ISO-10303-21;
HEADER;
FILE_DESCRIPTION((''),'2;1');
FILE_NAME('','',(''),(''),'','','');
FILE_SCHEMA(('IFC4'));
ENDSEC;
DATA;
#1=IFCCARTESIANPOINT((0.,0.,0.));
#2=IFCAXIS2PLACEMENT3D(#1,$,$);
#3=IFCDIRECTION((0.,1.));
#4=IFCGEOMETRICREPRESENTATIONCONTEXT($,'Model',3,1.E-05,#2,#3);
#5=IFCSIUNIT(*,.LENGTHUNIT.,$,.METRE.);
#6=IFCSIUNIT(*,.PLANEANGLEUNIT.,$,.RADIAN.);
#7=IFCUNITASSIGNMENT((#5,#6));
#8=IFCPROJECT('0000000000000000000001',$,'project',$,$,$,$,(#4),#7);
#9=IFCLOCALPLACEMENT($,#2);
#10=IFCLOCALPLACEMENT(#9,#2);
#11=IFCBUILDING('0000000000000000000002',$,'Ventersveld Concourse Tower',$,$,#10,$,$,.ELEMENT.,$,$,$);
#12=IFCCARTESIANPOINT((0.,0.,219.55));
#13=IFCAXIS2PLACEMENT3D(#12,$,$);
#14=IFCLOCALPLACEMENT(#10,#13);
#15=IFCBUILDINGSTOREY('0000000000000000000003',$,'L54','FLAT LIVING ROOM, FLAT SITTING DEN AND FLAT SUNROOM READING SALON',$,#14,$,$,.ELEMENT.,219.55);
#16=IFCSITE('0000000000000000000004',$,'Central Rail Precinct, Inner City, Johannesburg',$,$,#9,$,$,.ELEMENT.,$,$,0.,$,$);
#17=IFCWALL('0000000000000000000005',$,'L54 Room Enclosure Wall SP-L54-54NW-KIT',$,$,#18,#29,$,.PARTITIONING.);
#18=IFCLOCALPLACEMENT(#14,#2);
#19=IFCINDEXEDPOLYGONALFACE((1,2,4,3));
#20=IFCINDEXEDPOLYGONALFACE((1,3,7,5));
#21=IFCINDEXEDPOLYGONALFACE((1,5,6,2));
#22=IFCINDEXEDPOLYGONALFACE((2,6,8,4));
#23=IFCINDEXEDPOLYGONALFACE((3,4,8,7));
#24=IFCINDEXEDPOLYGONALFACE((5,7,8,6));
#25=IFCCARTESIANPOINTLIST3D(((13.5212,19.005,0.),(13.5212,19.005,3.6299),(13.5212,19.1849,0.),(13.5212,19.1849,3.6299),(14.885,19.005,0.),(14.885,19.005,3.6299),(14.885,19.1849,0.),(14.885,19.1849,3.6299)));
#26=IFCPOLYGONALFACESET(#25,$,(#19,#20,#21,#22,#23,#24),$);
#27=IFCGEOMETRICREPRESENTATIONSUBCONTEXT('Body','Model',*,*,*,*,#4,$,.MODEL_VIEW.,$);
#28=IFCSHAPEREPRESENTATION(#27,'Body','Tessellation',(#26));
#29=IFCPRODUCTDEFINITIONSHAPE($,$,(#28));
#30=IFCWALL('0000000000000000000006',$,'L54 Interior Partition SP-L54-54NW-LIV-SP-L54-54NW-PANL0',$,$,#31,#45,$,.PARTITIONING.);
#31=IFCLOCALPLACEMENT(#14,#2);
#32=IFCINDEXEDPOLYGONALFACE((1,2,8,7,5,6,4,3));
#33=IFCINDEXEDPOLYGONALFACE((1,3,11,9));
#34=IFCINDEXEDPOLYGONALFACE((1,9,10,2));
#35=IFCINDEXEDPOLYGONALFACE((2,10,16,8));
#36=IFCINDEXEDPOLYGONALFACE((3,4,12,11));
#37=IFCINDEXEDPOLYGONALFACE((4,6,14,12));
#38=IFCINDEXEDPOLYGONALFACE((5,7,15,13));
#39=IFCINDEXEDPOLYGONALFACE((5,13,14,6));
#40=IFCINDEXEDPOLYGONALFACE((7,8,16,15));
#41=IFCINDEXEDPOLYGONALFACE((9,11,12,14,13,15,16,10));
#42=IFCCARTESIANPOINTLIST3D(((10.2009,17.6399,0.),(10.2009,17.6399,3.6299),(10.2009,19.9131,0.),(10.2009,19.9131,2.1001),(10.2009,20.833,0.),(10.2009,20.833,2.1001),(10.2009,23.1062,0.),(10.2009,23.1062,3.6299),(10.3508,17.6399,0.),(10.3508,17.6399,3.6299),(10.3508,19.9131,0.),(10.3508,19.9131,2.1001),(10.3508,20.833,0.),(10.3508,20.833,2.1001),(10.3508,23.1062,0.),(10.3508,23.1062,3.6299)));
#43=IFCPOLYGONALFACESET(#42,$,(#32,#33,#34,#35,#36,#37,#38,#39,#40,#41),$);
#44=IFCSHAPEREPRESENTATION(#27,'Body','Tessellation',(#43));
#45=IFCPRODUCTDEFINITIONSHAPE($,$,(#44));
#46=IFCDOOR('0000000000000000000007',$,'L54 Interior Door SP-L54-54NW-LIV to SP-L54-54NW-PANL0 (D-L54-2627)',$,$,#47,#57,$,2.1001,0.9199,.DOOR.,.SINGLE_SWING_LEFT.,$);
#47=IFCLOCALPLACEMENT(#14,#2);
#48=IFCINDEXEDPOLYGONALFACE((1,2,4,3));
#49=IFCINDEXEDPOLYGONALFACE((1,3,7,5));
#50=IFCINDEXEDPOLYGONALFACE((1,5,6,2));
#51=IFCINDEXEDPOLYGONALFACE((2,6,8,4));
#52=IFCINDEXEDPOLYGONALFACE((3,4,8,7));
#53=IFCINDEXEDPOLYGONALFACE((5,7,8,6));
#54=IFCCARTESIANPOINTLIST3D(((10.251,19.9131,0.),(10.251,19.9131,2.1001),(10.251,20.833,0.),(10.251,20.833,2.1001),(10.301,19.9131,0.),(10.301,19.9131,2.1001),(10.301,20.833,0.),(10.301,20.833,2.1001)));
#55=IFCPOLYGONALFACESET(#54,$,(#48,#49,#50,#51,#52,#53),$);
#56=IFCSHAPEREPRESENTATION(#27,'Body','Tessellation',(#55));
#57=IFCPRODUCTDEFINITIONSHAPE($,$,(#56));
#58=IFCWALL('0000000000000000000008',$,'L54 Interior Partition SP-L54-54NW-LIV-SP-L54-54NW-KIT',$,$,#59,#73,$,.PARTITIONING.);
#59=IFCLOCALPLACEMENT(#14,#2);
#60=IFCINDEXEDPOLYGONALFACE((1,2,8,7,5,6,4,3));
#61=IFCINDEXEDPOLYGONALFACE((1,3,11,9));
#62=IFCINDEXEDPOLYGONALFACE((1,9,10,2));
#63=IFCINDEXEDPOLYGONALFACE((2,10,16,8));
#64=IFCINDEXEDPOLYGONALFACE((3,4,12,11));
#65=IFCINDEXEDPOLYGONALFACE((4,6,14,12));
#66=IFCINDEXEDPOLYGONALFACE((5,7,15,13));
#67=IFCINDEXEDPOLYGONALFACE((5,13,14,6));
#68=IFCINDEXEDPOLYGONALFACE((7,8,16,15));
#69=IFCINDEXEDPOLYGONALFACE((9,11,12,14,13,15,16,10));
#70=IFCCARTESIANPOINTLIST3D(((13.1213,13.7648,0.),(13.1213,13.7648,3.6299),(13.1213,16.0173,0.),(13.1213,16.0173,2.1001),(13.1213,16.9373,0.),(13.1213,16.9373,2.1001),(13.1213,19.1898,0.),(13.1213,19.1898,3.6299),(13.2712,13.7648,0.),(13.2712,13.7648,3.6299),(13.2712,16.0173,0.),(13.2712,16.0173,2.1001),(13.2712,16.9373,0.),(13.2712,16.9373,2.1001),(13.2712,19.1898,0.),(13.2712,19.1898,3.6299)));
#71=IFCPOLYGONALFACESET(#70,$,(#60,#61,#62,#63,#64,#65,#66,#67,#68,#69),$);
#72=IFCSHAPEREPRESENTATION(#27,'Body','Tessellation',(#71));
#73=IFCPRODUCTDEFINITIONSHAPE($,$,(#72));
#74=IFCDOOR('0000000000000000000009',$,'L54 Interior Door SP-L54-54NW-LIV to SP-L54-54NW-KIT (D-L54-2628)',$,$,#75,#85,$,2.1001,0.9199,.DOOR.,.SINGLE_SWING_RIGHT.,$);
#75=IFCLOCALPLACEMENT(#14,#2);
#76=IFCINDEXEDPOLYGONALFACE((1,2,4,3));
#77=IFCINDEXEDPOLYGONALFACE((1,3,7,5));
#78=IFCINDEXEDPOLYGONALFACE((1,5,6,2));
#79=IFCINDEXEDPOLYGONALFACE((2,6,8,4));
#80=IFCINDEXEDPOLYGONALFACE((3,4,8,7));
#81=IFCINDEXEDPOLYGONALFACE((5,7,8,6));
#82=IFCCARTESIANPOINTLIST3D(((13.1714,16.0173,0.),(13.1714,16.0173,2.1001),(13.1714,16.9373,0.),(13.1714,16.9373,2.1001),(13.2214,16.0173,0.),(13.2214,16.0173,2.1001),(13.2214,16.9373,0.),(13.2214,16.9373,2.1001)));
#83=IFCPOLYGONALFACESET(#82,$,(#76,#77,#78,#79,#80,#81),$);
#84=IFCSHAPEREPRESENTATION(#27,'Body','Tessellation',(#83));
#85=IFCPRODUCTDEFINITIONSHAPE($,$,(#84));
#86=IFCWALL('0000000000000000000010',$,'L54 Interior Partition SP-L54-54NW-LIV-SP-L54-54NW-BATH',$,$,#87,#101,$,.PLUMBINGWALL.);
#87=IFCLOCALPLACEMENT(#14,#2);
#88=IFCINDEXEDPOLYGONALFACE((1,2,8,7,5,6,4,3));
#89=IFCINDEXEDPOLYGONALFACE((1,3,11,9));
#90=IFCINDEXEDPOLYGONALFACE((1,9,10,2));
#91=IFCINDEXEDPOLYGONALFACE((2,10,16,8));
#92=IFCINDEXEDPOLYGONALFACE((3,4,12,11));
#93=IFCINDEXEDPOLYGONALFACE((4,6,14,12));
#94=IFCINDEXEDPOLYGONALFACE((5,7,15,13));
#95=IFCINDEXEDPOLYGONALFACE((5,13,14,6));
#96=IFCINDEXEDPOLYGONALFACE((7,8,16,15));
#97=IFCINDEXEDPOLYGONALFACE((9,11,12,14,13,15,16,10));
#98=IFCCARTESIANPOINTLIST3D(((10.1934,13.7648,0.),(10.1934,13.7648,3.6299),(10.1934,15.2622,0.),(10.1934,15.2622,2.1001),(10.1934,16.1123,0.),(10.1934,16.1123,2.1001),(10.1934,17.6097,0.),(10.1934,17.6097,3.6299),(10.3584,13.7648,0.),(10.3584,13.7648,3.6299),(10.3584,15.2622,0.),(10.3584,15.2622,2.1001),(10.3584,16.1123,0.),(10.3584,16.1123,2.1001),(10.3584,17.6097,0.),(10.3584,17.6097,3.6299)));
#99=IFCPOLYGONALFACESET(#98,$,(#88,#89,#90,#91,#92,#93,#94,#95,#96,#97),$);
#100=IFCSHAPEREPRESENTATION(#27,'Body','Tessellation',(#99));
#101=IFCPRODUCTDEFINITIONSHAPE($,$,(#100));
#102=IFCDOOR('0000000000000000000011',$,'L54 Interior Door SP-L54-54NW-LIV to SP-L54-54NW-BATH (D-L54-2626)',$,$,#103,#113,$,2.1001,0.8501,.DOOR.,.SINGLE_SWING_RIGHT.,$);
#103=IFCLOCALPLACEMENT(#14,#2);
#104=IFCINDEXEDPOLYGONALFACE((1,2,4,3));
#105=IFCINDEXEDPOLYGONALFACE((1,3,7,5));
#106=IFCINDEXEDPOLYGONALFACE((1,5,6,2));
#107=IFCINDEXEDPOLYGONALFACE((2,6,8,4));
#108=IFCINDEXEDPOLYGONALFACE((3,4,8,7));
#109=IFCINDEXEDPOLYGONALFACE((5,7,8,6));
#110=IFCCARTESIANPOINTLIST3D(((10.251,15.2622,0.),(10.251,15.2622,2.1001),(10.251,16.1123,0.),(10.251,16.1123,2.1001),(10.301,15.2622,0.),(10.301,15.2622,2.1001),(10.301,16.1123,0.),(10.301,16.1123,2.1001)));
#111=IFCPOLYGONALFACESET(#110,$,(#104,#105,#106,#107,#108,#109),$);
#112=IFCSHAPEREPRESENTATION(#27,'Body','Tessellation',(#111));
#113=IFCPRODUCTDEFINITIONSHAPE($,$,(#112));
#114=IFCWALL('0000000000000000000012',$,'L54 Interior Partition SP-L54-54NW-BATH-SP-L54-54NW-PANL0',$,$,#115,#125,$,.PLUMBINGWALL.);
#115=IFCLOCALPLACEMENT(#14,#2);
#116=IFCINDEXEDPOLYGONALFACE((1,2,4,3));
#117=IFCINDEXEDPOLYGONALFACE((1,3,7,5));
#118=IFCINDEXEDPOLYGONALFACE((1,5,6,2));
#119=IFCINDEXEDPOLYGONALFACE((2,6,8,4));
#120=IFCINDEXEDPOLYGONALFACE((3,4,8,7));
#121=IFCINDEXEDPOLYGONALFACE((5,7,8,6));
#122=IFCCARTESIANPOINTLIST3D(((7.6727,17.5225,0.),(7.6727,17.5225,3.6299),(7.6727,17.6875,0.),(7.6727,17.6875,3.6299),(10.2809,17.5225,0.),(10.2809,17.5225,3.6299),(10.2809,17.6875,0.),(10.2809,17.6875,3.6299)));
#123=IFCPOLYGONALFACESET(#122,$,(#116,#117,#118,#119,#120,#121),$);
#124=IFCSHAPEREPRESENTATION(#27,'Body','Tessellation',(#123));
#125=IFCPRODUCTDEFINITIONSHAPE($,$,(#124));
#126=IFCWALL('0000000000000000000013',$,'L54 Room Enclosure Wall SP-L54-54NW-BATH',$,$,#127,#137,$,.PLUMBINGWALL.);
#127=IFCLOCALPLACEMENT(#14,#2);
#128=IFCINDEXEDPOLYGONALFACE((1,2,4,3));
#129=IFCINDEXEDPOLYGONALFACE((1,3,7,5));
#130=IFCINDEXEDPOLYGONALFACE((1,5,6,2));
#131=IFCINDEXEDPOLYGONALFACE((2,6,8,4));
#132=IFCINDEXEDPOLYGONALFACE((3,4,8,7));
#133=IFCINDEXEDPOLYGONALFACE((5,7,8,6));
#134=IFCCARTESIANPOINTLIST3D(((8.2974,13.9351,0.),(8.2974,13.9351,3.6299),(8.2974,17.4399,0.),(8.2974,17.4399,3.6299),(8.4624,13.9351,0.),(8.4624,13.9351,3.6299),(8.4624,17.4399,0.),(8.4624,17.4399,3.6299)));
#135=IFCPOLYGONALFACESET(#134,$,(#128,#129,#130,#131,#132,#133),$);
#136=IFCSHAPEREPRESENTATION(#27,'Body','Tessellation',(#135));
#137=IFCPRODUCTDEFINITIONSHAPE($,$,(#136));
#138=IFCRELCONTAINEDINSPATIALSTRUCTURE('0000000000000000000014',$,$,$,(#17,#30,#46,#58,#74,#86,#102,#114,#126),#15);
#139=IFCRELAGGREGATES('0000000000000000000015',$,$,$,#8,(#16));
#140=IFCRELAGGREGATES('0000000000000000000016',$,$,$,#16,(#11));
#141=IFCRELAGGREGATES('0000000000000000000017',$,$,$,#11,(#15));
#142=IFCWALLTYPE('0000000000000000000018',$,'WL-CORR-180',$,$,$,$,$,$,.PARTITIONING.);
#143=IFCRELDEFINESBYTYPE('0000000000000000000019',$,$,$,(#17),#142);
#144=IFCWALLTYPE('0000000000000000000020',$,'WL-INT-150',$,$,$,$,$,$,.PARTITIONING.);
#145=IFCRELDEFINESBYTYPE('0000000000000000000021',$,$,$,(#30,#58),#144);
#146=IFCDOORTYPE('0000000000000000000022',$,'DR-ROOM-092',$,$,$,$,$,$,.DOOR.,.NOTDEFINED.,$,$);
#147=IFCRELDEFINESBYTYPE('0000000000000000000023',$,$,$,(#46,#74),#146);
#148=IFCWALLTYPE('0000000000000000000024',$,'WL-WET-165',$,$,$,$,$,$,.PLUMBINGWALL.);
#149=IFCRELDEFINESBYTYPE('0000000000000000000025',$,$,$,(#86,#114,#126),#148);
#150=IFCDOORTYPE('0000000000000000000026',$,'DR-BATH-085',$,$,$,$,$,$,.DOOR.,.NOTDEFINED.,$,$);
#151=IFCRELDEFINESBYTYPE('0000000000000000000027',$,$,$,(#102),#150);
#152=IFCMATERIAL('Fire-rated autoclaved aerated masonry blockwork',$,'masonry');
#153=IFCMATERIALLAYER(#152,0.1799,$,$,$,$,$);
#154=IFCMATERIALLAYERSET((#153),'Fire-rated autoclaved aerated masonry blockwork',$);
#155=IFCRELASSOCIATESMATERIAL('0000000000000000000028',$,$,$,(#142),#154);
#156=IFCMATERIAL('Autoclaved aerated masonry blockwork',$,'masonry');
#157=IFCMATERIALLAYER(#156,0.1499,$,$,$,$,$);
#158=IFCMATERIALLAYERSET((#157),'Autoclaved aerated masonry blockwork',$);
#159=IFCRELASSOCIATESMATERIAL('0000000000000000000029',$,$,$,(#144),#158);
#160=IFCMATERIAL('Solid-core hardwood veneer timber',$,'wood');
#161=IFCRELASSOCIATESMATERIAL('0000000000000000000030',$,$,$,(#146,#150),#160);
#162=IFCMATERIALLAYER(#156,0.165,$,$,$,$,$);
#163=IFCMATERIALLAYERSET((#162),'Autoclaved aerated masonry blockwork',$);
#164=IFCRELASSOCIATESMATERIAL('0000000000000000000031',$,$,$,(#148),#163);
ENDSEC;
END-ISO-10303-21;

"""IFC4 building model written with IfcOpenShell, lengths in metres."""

from ifc_helpers import new_model, si_unit, direction, frame, frame_2d, origin, place, context, subcontext, project, spatial, rectangle, extrude, material, layer, layer_set, type_object, element, fill, save


model = new_model("IFC4")

# Units and contexts
model_context = context("Model", 3, precision=1e-05, world=origin(), true_north=direction((0.0, 1.0)))
body_context = subcontext(model_context, "Body", "Model", "MODEL_VIEW")
ifc_project = project(units=[si_unit("LENGTHUNIT", "METRE"), si_unit("PLANEANGLEUNIT", "RADIAN")], contexts=[model_context])

# Site, building, storey
site_placement = place(None, origin())
site = spatial("IfcSite", under=ifc_project, at=site_placement, Name="Central Rail Precinct, Inner City, Johannesburg", CompositionType="ELEMENT", RefElevation=0.0)
building_placement = place(site_placement, origin())
building = spatial("IfcBuilding", under=site, at=building_placement, Name="Ventersveld Concourse Tower", CompositionType="ELEMENT")
storey_placement = place(building_placement, frame((0.0, 0.0, 219.55)))
storey = spatial("IfcBuildingStorey", under=building, at=storey_placement, Name="L54", Description="FLAT LIVING ROOM, FLAT SITTING DEN AND FLAT SUNROOM READING SALON", CompositionType="ELEMENT", Elevation=219.55)

# Shared definitions
ifc_material_1 = material(Name="Fire-rated autoclaved aerated masonry blockwork", Category="masonry")
ifc_layer_1 = layer(ifc_material_1, 0.1799)
ifc_layer_set_1 = layer_set([ifc_layer_1], Name="Fire-rated autoclaved aerated masonry blockwork")
wall_type_1 = type_object("IfcWallType", Name="WL-CORR-180", PredefinedType="PARTITIONING", material=ifc_layer_set_1)
ifc_material_2 = material(Name="Solid-core hardwood veneer timber", Category="wood")

# Wall
wall_1_placement = place(storey_placement, frame((13.5212, 19.095, 0.0), z_axis=(0.0, 0.0, 1.0), x_axis=(1.0, 0.0, 0.0)))
element("IfcWall", 1, at=wall_1_placement, inside=storey, type_object=wall_type_1, Name="L54 Room Enclosure Wall SP-L54-54NW-KIT", PredefinedType="PARTITIONING", context=body_context, shape_type="SweptSolid", body=[
    extrude(rectangle(XDim=1.3638, YDim=0.1799, at=frame_2d((0.6819, 0.0))), origin(), (0.0, 0.0, 1.0), 3.6299),
])

# Walls, openings, doors
ifc_material_3 = material(Name="Autoclaved aerated masonry blockwork", Category="masonry")
ifc_layer_2 = layer(ifc_material_3, 0.1499)
ifc_layer_set_2 = layer_set([ifc_layer_2], Name="Autoclaved aerated masonry blockwork")
wall_type_2 = type_object("IfcWallType", Name="WL-INT-150", PredefinedType="PARTITIONING", material=ifc_layer_set_2)
wall_2_placement = place(storey_placement, frame((10.2759, 17.6399, 0.0), z_axis=(0.0, 0.0, 1.0), x_axis=(0.0, 1.0, 0.0)))
wall_2 = element("IfcWall", 2, at=wall_2_placement, inside=storey, type_object=wall_type_2, Name="L54 Interior Partition SP-L54-54NW-LIV-SP-L54-54NW-PANL0", PredefinedType="PARTITIONING", context=body_context, shape_type="SweptSolid", body=[
    extrude(rectangle(XDim=5.4663, YDim=0.1499, at=frame_2d((2.7332, 0.0))), origin(), (0.0, 0.0, 1.0), 3.6299),
])
opening_1_placement = place(wall_2_placement, frame((2.2732, 0.0, 0.0)))
opening_1 = element("IfcOpeningElement", 3, at=opening_1_placement, cuts=wall_2, PredefinedType="OPENING", context=body_context, shape_type="SweptSolid", body=[
    extrude(rectangle(XDim=0.9199, YDim=2.1001, at=frame_2d((0.46, 1.05))), frame((0.0, 0.085, 0.0), z_axis=(0.0, -1.0, 0.0), x_axis=(1.0, 0.0, 0.0)), (0.0, 0.0, 1.0), 0.1699),
])
door_type_1 = type_object("IfcDoorType", Name="DR-ROOM-092", OperationType="NOTDEFINED", PredefinedType="DOOR", material=ifc_material_2)
door_1_placement = place(opening_1_placement, origin())
door_1 = element("IfcDoor", 4, at=door_1_placement, inside=storey, type_object=door_type_1, Name="L54 Interior Door SP-L54-54NW-LIV to SP-L54-54NW-PANL0 (D-L54-2627)", OperationType="SINGLE_SWING_LEFT", OverallHeight=2.1001, OverallWidth=0.9199, PredefinedType="DOOR", context=body_context, shape_type="SweptSolid", body=[
    extrude(rectangle(XDim=0.9199, YDim=2.1001, at=frame_2d((0.46, 1.05))), frame((0.0, 0.0249, 0.0), z_axis=(0.0, -1.0, 0.0), x_axis=(1.0, 0.0, 0.0)), (0.0, 0.0, 1.0), 0.05),
])
fill(opening_1, door_1)
wall_3_placement = place(storey_placement, frame((13.1963, 13.7649, 0.0), z_axis=(0.0, 0.0, 1.0), x_axis=(0.0, 1.0, 0.0)))
wall_3 = element("IfcWall", 5, at=wall_3_placement, inside=storey, type_object=wall_type_2, Name="L54 Interior Partition SP-L54-54NW-LIV-SP-L54-54NW-KIT", PredefinedType="PARTITIONING", context=body_context, shape_type="SweptSolid", body=[
    extrude(rectangle(XDim=5.425, YDim=0.1499, at=frame_2d((2.7124, 0.0))), origin(), (0.0, 0.0, 1.0), 3.6299),
])
opening_2_placement = place(wall_3_placement, frame((2.2524, 0.0, 0.0)))
opening_2 = element("IfcOpeningElement", 6, at=opening_2_placement, cuts=wall_3, PredefinedType="OPENING", context=body_context, shape_type="SweptSolid", body=[
    extrude(rectangle(XDim=0.9199, YDim=2.1001, at=frame_2d((0.46, 1.05))), frame((0.0, 0.085, 0.0), z_axis=(0.0, -1.0, 0.0), x_axis=(1.0, 0.0, 0.0)), (0.0, 0.0, 1.0), 0.1699),
])
door_2_placement = place(opening_2_placement, origin())
door_2 = element("IfcDoor", 7, at=door_2_placement, inside=storey, type_object=door_type_1, Name="L54 Interior Door SP-L54-54NW-LIV to SP-L54-54NW-KIT (D-L54-2628)", OperationType="SINGLE_SWING_RIGHT", OverallHeight=2.1001, OverallWidth=0.9199, PredefinedType="DOOR", context=body_context, shape_type="SweptSolid", body=[
    extrude(rectangle(XDim=0.9199, YDim=2.1001, at=frame_2d((0.46, 1.05))), frame((0.0, 0.0249, 0.0), z_axis=(0.0, -1.0, 0.0), x_axis=(1.0, 0.0, 0.0)), (0.0, 0.0, 1.0), 0.05),
])
fill(opening_2, door_2)
ifc_layer_3 = layer(ifc_material_3, 0.165)
ifc_layer_set_3 = layer_set([ifc_layer_3], Name="Autoclaved aerated masonry blockwork")
wall_type_3 = type_object("IfcWallType", Name="WL-WET-165", PredefinedType="PLUMBINGWALL", material=ifc_layer_set_3)
wall_4_placement = place(storey_placement, frame((10.2759, 13.7649, 0.0), z_axis=(0.0, 0.0, 1.0), x_axis=(0.0, 1.0, 0.0)))
wall_4 = element("IfcWall", 8, at=wall_4_placement, inside=storey, type_object=wall_type_3, Name="L54 Interior Partition SP-L54-54NW-LIV-SP-L54-54NW-BATH", PredefinedType="PLUMBINGWALL", context=body_context, shape_type="SweptSolid", body=[
    extrude(rectangle(XDim=3.845, YDim=0.165, at=frame_2d((1.9224, 0.0))), origin(), (0.0, 0.0, 1.0), 3.6299),
])
opening_3_placement = place(wall_4_placement, frame((1.4973, 0.0, 0.0)))
opening_3 = element("IfcOpeningElement", 9, at=opening_3_placement, cuts=wall_4, PredefinedType="OPENING", context=body_context, shape_type="SweptSolid", body=[
    extrude(rectangle(XDim=0.8501, YDim=2.1001, at=frame_2d((0.425, 1.05))), frame((0.0, 0.0925, 0.0), z_axis=(0.0, -1.0, 0.0), x_axis=(1.0, 0.0, 0.0)), (0.0, 0.0, 1.0), 0.1851),
])
door_type_2 = type_object("IfcDoorType", Name="DR-BATH-085", OperationType="NOTDEFINED", PredefinedType="DOOR", material=ifc_material_2)
door_3_placement = place(opening_3_placement, origin())
door_3 = element("IfcDoor", 10, at=door_3_placement, inside=storey, type_object=door_type_2, Name="L54 Interior Door SP-L54-54NW-LIV to SP-L54-54NW-BATH (D-L54-2626)", OperationType="SINGLE_SWING_RIGHT", OverallHeight=2.1001, OverallWidth=0.8501, PredefinedType="DOOR", context=body_context, shape_type="SweptSolid", body=[
    extrude(rectangle(XDim=0.8501, YDim=2.1001, at=frame_2d((0.425, 1.05))), frame((0.0, 0.0249, 0.0), z_axis=(0.0, -1.0, 0.0), x_axis=(1.0, 0.0, 0.0)), (0.0, 0.0, 1.0), 0.05),
])
fill(opening_3, door_3)

# Walls
wall_5_placement = place(storey_placement, frame((7.6726, 17.605, 0.0), z_axis=(0.0, 0.0, 1.0), x_axis=(1.0, 0.0, 0.0)))
element("IfcWall", 11, at=wall_5_placement, inside=storey, type_object=wall_type_3, Name="L54 Interior Partition SP-L54-54NW-BATH-SP-L54-54NW-PANL0", PredefinedType="PLUMBINGWALL", context=body_context, shape_type="SweptSolid", body=[
    extrude(rectangle(XDim=2.6082, YDim=0.165, at=frame_2d((1.3042, 0.0))), origin(), (0.0, 0.0, 1.0), 3.6299),
])
wall_6_placement = place(storey_placement, frame((8.3799, 13.9351, 0.0), z_axis=(0.0, 0.0, 1.0), x_axis=(0.0, 1.0, 0.0)))
element("IfcWall", 12, at=wall_6_placement, inside=storey, type_object=wall_type_3, Name="L54 Room Enclosure Wall SP-L54-54NW-BATH", PredefinedType="PLUMBINGWALL", context=body_context, shape_type="SweptSolid", body=[
    extrude(rectangle(XDim=3.5049, YDim=0.165, at=frame_2d((1.7524, 0.0))), origin(), (0.0, 0.0, 1.0), 3.6299),
])

save(model, "model.ifc")
